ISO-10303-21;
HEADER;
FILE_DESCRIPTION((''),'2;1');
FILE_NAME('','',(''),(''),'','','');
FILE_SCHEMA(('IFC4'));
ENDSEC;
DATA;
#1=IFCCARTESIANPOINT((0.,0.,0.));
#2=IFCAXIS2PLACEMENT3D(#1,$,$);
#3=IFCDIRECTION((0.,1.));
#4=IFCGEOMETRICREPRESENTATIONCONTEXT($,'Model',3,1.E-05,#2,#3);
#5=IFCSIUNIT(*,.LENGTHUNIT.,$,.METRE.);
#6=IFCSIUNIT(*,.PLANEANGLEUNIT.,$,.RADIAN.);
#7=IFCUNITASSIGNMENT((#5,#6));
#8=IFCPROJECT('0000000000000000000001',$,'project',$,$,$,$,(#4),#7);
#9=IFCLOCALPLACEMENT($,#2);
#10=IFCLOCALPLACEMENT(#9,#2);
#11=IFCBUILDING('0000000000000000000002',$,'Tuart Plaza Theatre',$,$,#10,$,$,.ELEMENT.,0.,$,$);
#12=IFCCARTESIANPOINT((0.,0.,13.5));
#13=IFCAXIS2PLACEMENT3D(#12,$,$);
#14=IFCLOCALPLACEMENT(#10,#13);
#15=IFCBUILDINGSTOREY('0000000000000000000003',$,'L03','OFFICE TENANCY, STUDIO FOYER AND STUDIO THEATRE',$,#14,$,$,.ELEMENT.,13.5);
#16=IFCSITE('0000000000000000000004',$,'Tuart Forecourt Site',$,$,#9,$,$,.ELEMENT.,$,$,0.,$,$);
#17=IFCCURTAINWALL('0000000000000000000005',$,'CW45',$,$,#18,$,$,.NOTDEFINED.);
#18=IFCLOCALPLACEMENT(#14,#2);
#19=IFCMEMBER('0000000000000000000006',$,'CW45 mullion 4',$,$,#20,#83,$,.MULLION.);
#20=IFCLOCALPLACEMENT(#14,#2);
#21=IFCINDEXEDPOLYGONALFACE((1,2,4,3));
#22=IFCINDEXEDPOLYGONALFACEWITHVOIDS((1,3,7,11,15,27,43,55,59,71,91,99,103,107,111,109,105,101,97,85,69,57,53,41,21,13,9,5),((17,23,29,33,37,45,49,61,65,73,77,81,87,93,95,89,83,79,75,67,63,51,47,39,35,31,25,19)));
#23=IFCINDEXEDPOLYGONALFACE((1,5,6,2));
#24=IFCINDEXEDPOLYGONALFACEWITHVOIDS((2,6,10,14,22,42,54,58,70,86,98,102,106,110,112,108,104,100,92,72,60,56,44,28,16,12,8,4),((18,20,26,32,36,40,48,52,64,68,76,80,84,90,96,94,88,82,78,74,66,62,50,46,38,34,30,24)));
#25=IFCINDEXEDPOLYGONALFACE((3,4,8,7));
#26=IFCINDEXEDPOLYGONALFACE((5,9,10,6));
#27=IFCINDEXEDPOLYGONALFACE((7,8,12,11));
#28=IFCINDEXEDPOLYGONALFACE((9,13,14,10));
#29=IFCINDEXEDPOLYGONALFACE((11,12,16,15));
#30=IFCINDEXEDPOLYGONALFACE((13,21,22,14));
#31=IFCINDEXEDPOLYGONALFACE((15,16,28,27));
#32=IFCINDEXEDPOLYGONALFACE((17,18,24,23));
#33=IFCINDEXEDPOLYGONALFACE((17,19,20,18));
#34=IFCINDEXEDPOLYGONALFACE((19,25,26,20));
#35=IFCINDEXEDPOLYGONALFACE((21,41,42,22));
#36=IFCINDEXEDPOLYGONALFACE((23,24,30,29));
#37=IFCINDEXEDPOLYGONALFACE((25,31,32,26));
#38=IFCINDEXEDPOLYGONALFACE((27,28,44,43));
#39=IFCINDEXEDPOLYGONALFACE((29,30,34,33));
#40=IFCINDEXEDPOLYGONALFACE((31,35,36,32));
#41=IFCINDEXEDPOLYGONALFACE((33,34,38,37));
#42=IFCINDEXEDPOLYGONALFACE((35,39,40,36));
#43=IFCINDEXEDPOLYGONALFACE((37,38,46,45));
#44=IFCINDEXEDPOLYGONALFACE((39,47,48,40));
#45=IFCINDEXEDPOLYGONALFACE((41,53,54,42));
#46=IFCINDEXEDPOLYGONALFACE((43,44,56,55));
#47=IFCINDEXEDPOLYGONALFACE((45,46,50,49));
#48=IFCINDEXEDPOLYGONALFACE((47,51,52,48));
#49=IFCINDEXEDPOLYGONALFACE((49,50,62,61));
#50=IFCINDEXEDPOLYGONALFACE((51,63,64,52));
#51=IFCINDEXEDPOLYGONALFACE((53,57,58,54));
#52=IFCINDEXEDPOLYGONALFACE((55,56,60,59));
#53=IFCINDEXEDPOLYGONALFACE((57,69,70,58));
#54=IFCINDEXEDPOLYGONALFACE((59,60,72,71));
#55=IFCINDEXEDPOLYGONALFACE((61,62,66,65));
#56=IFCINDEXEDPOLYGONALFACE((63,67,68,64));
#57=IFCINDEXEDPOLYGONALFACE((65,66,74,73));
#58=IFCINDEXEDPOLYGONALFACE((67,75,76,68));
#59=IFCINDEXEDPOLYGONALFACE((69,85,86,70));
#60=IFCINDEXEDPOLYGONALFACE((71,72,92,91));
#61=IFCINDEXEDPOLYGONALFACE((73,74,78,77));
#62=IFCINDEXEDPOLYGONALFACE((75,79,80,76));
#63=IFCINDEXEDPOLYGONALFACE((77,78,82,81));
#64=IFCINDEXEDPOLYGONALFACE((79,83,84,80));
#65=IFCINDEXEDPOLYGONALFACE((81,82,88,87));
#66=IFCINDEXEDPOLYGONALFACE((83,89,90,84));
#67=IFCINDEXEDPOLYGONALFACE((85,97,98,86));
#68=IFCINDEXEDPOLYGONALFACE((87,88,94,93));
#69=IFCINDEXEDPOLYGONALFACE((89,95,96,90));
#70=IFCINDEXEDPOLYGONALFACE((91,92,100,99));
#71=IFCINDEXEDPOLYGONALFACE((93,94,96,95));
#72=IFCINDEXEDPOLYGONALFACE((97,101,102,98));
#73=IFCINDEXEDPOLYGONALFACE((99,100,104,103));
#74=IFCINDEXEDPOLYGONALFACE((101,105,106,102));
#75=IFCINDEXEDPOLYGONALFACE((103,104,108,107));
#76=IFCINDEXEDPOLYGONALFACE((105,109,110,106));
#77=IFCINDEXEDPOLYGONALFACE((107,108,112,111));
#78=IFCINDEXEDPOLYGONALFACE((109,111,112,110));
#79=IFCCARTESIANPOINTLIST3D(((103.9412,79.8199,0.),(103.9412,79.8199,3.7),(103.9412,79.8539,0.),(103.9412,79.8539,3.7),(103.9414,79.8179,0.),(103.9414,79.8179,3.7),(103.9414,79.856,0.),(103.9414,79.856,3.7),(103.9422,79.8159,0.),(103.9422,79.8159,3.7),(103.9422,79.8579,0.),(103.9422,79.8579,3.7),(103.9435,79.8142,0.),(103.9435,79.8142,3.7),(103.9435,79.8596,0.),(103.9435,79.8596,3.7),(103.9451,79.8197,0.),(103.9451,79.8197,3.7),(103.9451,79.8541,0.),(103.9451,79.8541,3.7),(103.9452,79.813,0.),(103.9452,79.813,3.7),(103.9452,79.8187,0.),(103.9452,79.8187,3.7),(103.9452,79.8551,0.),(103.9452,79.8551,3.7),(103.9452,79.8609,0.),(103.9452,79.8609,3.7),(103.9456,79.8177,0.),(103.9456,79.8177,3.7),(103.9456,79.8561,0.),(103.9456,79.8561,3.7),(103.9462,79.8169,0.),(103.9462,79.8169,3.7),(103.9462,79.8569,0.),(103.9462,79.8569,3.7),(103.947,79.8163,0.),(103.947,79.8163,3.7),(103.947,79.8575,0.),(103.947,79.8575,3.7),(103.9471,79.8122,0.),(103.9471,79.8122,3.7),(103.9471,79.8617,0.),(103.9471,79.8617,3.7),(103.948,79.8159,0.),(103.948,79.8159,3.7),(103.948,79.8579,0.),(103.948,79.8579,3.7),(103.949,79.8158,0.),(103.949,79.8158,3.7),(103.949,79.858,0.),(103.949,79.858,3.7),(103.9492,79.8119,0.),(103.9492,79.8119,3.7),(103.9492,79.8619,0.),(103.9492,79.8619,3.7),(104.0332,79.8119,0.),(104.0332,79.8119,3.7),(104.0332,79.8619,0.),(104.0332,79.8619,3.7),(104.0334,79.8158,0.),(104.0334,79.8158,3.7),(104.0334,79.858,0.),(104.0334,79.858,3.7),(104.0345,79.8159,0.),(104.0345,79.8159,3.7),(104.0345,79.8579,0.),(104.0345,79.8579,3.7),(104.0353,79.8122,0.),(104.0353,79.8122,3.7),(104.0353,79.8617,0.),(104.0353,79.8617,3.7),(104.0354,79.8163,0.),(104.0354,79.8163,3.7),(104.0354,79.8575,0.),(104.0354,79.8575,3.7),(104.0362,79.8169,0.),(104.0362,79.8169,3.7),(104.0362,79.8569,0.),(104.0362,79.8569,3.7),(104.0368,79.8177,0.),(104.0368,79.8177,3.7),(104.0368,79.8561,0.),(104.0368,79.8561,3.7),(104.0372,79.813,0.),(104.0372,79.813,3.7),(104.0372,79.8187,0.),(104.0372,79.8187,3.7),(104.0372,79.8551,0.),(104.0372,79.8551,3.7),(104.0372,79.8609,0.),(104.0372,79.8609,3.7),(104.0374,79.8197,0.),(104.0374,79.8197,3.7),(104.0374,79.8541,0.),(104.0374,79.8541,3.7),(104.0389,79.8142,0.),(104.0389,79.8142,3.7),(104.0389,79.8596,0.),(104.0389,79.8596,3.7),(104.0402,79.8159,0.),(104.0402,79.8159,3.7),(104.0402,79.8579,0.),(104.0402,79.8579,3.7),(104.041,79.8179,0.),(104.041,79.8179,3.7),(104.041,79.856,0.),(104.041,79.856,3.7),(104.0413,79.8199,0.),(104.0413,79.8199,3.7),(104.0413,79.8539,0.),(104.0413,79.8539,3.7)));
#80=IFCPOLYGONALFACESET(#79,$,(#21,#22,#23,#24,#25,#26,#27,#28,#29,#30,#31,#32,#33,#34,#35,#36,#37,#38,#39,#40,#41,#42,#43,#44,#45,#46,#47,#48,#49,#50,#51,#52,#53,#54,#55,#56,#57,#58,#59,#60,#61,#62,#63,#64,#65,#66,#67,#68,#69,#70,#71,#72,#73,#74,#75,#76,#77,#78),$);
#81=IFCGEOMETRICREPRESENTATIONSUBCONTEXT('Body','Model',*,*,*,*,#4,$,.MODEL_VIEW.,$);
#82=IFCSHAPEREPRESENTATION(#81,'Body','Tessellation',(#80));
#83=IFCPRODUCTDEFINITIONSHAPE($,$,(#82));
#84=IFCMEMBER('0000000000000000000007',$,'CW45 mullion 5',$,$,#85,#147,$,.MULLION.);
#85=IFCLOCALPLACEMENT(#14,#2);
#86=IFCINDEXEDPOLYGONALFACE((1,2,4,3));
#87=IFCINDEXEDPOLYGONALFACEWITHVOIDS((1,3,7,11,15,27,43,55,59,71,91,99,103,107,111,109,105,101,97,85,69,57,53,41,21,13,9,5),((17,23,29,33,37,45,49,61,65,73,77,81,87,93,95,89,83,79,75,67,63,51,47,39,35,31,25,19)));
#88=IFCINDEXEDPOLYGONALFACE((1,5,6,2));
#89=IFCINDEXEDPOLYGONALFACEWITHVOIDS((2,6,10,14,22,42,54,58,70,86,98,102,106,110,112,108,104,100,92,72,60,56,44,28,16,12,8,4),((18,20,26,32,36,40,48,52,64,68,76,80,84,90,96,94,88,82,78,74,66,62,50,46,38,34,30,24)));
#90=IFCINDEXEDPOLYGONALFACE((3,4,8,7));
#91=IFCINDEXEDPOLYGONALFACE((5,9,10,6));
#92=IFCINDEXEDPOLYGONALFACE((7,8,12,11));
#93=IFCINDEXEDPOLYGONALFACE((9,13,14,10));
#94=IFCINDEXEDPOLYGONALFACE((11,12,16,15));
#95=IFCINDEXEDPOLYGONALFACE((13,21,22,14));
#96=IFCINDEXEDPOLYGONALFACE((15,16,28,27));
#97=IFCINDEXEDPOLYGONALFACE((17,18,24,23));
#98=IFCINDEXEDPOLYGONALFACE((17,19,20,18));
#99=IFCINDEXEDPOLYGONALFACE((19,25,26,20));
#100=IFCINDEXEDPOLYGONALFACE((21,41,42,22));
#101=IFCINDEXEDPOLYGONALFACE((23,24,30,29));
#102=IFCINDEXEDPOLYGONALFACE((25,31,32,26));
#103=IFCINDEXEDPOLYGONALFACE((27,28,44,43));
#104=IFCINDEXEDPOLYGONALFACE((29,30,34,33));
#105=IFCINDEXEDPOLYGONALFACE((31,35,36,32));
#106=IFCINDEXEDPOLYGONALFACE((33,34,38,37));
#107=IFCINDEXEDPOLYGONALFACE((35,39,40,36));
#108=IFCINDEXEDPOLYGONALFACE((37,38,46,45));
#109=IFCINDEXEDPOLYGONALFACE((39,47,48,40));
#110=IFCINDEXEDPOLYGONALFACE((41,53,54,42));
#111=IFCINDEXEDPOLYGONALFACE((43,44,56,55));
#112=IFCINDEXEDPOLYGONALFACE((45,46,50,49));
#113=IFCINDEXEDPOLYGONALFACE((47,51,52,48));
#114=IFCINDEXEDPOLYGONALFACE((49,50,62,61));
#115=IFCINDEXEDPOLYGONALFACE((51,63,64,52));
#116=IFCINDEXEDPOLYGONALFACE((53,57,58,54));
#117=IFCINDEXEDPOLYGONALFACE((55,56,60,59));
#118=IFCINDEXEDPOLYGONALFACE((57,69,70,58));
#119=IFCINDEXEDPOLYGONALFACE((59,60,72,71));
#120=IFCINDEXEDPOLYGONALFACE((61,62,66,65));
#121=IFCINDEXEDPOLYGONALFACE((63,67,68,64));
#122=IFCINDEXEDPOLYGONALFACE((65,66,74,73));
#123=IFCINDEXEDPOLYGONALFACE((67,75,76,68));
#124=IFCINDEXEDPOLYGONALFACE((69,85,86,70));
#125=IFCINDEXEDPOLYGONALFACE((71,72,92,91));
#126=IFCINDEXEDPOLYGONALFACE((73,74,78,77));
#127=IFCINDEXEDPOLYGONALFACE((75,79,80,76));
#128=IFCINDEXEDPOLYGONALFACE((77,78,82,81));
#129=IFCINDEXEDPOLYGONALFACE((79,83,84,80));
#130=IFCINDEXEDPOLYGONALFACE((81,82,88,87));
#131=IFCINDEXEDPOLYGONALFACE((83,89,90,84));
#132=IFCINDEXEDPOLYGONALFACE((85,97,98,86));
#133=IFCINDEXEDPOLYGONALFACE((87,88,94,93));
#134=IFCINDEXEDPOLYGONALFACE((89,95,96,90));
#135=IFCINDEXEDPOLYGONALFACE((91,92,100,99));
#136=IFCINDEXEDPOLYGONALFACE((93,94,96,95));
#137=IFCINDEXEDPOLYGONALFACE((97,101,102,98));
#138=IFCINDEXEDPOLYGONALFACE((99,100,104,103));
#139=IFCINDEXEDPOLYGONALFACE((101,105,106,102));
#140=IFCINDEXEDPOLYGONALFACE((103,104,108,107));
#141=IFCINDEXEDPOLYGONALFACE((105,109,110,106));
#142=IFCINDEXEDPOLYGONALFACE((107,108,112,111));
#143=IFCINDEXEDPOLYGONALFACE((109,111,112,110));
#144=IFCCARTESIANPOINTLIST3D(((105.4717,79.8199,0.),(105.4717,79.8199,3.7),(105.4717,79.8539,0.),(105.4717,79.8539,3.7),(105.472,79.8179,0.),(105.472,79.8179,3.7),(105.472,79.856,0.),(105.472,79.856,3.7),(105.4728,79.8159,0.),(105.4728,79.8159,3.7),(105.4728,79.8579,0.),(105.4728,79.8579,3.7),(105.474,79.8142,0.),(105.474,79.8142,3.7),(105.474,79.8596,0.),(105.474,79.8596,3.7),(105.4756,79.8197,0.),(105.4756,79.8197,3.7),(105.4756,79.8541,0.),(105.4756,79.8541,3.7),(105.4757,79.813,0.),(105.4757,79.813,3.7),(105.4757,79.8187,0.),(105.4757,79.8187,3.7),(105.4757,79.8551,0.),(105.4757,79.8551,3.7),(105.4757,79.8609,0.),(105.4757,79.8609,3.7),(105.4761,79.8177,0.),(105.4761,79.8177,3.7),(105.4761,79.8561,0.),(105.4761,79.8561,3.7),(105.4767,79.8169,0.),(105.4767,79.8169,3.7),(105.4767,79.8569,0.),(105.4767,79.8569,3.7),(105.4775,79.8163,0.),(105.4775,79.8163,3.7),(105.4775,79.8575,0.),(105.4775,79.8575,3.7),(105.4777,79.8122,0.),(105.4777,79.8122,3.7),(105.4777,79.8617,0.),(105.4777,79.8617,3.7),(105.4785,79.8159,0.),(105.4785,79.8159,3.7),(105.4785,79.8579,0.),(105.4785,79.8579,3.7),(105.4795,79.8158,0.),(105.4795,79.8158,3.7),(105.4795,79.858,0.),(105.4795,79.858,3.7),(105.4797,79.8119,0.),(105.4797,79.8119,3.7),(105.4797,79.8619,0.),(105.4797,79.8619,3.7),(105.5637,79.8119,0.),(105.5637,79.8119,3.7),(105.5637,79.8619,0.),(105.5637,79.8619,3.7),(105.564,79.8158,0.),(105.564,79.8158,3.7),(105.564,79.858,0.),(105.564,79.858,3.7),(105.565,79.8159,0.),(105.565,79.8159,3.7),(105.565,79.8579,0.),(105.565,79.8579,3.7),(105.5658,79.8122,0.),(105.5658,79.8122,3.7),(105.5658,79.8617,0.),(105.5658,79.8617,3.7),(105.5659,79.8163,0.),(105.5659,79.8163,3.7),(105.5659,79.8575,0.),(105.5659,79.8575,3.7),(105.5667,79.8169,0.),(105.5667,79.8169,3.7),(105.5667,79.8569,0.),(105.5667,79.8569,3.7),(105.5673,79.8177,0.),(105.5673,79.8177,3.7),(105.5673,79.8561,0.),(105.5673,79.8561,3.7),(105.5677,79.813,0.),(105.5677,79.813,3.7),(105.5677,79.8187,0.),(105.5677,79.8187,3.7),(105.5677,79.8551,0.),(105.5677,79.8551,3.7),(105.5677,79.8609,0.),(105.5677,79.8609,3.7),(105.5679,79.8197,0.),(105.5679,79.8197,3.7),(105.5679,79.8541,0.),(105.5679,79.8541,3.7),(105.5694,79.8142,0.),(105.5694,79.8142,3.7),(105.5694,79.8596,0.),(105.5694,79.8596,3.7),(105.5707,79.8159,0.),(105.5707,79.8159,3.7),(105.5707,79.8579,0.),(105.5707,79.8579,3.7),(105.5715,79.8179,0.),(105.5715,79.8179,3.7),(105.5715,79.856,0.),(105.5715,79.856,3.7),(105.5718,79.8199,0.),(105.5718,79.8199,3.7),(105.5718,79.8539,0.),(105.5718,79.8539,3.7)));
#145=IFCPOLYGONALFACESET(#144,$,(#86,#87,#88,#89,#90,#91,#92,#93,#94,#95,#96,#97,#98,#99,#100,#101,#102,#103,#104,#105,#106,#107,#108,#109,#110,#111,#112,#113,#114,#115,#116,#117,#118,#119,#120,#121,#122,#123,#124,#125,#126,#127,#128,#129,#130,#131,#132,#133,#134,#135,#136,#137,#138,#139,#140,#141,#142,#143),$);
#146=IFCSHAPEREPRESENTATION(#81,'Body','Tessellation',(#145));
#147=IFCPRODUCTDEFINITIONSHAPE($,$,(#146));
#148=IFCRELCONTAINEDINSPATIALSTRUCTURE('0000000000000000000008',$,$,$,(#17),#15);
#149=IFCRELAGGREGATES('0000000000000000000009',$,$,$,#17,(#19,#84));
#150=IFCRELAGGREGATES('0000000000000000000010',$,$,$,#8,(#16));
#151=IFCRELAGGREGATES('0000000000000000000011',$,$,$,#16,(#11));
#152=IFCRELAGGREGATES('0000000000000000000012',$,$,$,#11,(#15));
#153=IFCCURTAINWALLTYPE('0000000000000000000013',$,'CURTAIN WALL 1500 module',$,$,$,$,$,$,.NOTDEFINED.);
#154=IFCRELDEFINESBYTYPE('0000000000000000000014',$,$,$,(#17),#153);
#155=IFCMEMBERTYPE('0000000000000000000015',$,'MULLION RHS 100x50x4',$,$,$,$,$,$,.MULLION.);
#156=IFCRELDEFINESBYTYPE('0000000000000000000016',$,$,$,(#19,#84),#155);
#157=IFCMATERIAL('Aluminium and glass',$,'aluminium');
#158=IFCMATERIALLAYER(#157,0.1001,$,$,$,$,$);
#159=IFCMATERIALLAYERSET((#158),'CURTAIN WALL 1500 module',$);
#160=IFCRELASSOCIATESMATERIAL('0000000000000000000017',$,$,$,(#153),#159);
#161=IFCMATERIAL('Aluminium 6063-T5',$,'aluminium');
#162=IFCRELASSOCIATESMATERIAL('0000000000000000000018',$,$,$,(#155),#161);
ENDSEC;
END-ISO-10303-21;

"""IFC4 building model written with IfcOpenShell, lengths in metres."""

from ifc_helpers import new_model, si_unit, direction, frame, origin, origin_2d, place, context, subcontext, project, spatial, hollow_rectangle, extrude, material, layer, layer_set, material_profile, profile_set, type_object, element, aggregate, save


model = new_model("IFC4")

# Units and contexts
model_context = context("Model", 3, precision=1e-05, world=origin(), true_north=direction((0.0, 1.0)))
body_context = subcontext(model_context, "Body", "Model", "MODEL_VIEW")
ifc_project = project(units=[si_unit("LENGTHUNIT", "METRE"), si_unit("PLANEANGLEUNIT", "RADIAN")], contexts=[model_context])

# Site, building, storey
site_placement = place(None, origin())
site = spatial("IfcSite", under=ifc_project, at=site_placement, Name="Tuart Forecourt Site", CompositionType="ELEMENT", RefElevation=0.0)
building_placement = place(site_placement, origin())
building = spatial("IfcBuilding", under=site, at=building_placement, Name="Tuart Plaza Theatre", CompositionType="ELEMENT", ElevationOfRefHeight=0.0)
storey_placement = place(building_placement, frame((0.0, 0.0, 13.5)))
storey = spatial("IfcBuildingStorey", under=building, at=storey_placement, Name="L03", Description="OFFICE TENANCY, STUDIO FOYER AND STUDIO THEATRE", CompositionType="ELEMENT", Elevation=13.5)

# Curtain wall, members
ifc_material_1 = material(Name="Aluminium and glass", Category="aluminium")
ifc_layer_1 = layer(ifc_material_1, 0.1001)
ifc_layer_set_1 = layer_set([ifc_layer_1], Name="CURTAIN WALL 1500 module")
curtain_wall_type = type_object("IfcCurtainWallType", Name="CURTAIN WALL 1500 module", PredefinedType="NOTDEFINED", material=ifc_layer_set_1)
curtain_wall_placement = place(storey_placement, origin())
curtain_wall = element("IfcCurtainWall", 1, at=curtain_wall_placement, inside=storey, type_object=curtain_wall_type, Name="CW45", PredefinedType="NOTDEFINED")
ifc_material_2 = material(Name="Aluminium 6063-T5", Category="aluminium")
ifc_material_profile_1 = material_profile(ifc_material_2, hollow_rectangle(XDim=0.05, YDim=0.1001, WallThickness=0.0039, InnerFilletRadius=0.0039, OuterFilletRadius=0.0081, at=origin_2d()), Name="RHS 100x50x4")
ifc_profile_set_1 = profile_set([ifc_material_profile_1], Name="Aluminium 6063-T5")
member_type_1 = type_object("IfcMemberType", Name="MULLION RHS 100x50x4", PredefinedType="MULLION", material=ifc_profile_set_1)
member_1_placement = place(storey_placement, frame((103.9912, 79.8369, 0.0), z_axis=(0.0, 0.0, 1.0), x_axis=(0.0, 1.0, 0.0)))
member_1 = element("IfcMember", 2, at=member_1_placement, type_object=member_type_1, Name="CW45 mullion 4", PredefinedType="MULLION", context=body_context, shape_type="SweptSolid", body=[
    extrude(hollow_rectangle(XDim=0.05, YDim=0.1001, WallThickness=0.0039, InnerFilletRadius=0.0039, OuterFilletRadius=0.0081, at=origin_2d()), origin(), (0.0, 0.0, 1.0), 3.7),
])
member_2_placement = place(storey_placement, frame((105.5217, 79.8369, 0.0), z_axis=(0.0, 0.0, 1.0), x_axis=(0.0, 1.0, 0.0)))
member_2 = element("IfcMember", 3, at=member_2_placement, type_object=member_type_1, Name="CW45 mullion 5", PredefinedType="MULLION", context=body_context, shape_type="SweptSolid", body=[
    extrude(hollow_rectangle(XDim=0.05, YDim=0.1001, WallThickness=0.0039, InnerFilletRadius=0.0039, OuterFilletRadius=0.0081, at=origin_2d()), origin(), (0.0, 0.0, 1.0), 3.7),
])
aggregate(curtain_wall, [member_1, member_2])

save(model, "model.ifc")
